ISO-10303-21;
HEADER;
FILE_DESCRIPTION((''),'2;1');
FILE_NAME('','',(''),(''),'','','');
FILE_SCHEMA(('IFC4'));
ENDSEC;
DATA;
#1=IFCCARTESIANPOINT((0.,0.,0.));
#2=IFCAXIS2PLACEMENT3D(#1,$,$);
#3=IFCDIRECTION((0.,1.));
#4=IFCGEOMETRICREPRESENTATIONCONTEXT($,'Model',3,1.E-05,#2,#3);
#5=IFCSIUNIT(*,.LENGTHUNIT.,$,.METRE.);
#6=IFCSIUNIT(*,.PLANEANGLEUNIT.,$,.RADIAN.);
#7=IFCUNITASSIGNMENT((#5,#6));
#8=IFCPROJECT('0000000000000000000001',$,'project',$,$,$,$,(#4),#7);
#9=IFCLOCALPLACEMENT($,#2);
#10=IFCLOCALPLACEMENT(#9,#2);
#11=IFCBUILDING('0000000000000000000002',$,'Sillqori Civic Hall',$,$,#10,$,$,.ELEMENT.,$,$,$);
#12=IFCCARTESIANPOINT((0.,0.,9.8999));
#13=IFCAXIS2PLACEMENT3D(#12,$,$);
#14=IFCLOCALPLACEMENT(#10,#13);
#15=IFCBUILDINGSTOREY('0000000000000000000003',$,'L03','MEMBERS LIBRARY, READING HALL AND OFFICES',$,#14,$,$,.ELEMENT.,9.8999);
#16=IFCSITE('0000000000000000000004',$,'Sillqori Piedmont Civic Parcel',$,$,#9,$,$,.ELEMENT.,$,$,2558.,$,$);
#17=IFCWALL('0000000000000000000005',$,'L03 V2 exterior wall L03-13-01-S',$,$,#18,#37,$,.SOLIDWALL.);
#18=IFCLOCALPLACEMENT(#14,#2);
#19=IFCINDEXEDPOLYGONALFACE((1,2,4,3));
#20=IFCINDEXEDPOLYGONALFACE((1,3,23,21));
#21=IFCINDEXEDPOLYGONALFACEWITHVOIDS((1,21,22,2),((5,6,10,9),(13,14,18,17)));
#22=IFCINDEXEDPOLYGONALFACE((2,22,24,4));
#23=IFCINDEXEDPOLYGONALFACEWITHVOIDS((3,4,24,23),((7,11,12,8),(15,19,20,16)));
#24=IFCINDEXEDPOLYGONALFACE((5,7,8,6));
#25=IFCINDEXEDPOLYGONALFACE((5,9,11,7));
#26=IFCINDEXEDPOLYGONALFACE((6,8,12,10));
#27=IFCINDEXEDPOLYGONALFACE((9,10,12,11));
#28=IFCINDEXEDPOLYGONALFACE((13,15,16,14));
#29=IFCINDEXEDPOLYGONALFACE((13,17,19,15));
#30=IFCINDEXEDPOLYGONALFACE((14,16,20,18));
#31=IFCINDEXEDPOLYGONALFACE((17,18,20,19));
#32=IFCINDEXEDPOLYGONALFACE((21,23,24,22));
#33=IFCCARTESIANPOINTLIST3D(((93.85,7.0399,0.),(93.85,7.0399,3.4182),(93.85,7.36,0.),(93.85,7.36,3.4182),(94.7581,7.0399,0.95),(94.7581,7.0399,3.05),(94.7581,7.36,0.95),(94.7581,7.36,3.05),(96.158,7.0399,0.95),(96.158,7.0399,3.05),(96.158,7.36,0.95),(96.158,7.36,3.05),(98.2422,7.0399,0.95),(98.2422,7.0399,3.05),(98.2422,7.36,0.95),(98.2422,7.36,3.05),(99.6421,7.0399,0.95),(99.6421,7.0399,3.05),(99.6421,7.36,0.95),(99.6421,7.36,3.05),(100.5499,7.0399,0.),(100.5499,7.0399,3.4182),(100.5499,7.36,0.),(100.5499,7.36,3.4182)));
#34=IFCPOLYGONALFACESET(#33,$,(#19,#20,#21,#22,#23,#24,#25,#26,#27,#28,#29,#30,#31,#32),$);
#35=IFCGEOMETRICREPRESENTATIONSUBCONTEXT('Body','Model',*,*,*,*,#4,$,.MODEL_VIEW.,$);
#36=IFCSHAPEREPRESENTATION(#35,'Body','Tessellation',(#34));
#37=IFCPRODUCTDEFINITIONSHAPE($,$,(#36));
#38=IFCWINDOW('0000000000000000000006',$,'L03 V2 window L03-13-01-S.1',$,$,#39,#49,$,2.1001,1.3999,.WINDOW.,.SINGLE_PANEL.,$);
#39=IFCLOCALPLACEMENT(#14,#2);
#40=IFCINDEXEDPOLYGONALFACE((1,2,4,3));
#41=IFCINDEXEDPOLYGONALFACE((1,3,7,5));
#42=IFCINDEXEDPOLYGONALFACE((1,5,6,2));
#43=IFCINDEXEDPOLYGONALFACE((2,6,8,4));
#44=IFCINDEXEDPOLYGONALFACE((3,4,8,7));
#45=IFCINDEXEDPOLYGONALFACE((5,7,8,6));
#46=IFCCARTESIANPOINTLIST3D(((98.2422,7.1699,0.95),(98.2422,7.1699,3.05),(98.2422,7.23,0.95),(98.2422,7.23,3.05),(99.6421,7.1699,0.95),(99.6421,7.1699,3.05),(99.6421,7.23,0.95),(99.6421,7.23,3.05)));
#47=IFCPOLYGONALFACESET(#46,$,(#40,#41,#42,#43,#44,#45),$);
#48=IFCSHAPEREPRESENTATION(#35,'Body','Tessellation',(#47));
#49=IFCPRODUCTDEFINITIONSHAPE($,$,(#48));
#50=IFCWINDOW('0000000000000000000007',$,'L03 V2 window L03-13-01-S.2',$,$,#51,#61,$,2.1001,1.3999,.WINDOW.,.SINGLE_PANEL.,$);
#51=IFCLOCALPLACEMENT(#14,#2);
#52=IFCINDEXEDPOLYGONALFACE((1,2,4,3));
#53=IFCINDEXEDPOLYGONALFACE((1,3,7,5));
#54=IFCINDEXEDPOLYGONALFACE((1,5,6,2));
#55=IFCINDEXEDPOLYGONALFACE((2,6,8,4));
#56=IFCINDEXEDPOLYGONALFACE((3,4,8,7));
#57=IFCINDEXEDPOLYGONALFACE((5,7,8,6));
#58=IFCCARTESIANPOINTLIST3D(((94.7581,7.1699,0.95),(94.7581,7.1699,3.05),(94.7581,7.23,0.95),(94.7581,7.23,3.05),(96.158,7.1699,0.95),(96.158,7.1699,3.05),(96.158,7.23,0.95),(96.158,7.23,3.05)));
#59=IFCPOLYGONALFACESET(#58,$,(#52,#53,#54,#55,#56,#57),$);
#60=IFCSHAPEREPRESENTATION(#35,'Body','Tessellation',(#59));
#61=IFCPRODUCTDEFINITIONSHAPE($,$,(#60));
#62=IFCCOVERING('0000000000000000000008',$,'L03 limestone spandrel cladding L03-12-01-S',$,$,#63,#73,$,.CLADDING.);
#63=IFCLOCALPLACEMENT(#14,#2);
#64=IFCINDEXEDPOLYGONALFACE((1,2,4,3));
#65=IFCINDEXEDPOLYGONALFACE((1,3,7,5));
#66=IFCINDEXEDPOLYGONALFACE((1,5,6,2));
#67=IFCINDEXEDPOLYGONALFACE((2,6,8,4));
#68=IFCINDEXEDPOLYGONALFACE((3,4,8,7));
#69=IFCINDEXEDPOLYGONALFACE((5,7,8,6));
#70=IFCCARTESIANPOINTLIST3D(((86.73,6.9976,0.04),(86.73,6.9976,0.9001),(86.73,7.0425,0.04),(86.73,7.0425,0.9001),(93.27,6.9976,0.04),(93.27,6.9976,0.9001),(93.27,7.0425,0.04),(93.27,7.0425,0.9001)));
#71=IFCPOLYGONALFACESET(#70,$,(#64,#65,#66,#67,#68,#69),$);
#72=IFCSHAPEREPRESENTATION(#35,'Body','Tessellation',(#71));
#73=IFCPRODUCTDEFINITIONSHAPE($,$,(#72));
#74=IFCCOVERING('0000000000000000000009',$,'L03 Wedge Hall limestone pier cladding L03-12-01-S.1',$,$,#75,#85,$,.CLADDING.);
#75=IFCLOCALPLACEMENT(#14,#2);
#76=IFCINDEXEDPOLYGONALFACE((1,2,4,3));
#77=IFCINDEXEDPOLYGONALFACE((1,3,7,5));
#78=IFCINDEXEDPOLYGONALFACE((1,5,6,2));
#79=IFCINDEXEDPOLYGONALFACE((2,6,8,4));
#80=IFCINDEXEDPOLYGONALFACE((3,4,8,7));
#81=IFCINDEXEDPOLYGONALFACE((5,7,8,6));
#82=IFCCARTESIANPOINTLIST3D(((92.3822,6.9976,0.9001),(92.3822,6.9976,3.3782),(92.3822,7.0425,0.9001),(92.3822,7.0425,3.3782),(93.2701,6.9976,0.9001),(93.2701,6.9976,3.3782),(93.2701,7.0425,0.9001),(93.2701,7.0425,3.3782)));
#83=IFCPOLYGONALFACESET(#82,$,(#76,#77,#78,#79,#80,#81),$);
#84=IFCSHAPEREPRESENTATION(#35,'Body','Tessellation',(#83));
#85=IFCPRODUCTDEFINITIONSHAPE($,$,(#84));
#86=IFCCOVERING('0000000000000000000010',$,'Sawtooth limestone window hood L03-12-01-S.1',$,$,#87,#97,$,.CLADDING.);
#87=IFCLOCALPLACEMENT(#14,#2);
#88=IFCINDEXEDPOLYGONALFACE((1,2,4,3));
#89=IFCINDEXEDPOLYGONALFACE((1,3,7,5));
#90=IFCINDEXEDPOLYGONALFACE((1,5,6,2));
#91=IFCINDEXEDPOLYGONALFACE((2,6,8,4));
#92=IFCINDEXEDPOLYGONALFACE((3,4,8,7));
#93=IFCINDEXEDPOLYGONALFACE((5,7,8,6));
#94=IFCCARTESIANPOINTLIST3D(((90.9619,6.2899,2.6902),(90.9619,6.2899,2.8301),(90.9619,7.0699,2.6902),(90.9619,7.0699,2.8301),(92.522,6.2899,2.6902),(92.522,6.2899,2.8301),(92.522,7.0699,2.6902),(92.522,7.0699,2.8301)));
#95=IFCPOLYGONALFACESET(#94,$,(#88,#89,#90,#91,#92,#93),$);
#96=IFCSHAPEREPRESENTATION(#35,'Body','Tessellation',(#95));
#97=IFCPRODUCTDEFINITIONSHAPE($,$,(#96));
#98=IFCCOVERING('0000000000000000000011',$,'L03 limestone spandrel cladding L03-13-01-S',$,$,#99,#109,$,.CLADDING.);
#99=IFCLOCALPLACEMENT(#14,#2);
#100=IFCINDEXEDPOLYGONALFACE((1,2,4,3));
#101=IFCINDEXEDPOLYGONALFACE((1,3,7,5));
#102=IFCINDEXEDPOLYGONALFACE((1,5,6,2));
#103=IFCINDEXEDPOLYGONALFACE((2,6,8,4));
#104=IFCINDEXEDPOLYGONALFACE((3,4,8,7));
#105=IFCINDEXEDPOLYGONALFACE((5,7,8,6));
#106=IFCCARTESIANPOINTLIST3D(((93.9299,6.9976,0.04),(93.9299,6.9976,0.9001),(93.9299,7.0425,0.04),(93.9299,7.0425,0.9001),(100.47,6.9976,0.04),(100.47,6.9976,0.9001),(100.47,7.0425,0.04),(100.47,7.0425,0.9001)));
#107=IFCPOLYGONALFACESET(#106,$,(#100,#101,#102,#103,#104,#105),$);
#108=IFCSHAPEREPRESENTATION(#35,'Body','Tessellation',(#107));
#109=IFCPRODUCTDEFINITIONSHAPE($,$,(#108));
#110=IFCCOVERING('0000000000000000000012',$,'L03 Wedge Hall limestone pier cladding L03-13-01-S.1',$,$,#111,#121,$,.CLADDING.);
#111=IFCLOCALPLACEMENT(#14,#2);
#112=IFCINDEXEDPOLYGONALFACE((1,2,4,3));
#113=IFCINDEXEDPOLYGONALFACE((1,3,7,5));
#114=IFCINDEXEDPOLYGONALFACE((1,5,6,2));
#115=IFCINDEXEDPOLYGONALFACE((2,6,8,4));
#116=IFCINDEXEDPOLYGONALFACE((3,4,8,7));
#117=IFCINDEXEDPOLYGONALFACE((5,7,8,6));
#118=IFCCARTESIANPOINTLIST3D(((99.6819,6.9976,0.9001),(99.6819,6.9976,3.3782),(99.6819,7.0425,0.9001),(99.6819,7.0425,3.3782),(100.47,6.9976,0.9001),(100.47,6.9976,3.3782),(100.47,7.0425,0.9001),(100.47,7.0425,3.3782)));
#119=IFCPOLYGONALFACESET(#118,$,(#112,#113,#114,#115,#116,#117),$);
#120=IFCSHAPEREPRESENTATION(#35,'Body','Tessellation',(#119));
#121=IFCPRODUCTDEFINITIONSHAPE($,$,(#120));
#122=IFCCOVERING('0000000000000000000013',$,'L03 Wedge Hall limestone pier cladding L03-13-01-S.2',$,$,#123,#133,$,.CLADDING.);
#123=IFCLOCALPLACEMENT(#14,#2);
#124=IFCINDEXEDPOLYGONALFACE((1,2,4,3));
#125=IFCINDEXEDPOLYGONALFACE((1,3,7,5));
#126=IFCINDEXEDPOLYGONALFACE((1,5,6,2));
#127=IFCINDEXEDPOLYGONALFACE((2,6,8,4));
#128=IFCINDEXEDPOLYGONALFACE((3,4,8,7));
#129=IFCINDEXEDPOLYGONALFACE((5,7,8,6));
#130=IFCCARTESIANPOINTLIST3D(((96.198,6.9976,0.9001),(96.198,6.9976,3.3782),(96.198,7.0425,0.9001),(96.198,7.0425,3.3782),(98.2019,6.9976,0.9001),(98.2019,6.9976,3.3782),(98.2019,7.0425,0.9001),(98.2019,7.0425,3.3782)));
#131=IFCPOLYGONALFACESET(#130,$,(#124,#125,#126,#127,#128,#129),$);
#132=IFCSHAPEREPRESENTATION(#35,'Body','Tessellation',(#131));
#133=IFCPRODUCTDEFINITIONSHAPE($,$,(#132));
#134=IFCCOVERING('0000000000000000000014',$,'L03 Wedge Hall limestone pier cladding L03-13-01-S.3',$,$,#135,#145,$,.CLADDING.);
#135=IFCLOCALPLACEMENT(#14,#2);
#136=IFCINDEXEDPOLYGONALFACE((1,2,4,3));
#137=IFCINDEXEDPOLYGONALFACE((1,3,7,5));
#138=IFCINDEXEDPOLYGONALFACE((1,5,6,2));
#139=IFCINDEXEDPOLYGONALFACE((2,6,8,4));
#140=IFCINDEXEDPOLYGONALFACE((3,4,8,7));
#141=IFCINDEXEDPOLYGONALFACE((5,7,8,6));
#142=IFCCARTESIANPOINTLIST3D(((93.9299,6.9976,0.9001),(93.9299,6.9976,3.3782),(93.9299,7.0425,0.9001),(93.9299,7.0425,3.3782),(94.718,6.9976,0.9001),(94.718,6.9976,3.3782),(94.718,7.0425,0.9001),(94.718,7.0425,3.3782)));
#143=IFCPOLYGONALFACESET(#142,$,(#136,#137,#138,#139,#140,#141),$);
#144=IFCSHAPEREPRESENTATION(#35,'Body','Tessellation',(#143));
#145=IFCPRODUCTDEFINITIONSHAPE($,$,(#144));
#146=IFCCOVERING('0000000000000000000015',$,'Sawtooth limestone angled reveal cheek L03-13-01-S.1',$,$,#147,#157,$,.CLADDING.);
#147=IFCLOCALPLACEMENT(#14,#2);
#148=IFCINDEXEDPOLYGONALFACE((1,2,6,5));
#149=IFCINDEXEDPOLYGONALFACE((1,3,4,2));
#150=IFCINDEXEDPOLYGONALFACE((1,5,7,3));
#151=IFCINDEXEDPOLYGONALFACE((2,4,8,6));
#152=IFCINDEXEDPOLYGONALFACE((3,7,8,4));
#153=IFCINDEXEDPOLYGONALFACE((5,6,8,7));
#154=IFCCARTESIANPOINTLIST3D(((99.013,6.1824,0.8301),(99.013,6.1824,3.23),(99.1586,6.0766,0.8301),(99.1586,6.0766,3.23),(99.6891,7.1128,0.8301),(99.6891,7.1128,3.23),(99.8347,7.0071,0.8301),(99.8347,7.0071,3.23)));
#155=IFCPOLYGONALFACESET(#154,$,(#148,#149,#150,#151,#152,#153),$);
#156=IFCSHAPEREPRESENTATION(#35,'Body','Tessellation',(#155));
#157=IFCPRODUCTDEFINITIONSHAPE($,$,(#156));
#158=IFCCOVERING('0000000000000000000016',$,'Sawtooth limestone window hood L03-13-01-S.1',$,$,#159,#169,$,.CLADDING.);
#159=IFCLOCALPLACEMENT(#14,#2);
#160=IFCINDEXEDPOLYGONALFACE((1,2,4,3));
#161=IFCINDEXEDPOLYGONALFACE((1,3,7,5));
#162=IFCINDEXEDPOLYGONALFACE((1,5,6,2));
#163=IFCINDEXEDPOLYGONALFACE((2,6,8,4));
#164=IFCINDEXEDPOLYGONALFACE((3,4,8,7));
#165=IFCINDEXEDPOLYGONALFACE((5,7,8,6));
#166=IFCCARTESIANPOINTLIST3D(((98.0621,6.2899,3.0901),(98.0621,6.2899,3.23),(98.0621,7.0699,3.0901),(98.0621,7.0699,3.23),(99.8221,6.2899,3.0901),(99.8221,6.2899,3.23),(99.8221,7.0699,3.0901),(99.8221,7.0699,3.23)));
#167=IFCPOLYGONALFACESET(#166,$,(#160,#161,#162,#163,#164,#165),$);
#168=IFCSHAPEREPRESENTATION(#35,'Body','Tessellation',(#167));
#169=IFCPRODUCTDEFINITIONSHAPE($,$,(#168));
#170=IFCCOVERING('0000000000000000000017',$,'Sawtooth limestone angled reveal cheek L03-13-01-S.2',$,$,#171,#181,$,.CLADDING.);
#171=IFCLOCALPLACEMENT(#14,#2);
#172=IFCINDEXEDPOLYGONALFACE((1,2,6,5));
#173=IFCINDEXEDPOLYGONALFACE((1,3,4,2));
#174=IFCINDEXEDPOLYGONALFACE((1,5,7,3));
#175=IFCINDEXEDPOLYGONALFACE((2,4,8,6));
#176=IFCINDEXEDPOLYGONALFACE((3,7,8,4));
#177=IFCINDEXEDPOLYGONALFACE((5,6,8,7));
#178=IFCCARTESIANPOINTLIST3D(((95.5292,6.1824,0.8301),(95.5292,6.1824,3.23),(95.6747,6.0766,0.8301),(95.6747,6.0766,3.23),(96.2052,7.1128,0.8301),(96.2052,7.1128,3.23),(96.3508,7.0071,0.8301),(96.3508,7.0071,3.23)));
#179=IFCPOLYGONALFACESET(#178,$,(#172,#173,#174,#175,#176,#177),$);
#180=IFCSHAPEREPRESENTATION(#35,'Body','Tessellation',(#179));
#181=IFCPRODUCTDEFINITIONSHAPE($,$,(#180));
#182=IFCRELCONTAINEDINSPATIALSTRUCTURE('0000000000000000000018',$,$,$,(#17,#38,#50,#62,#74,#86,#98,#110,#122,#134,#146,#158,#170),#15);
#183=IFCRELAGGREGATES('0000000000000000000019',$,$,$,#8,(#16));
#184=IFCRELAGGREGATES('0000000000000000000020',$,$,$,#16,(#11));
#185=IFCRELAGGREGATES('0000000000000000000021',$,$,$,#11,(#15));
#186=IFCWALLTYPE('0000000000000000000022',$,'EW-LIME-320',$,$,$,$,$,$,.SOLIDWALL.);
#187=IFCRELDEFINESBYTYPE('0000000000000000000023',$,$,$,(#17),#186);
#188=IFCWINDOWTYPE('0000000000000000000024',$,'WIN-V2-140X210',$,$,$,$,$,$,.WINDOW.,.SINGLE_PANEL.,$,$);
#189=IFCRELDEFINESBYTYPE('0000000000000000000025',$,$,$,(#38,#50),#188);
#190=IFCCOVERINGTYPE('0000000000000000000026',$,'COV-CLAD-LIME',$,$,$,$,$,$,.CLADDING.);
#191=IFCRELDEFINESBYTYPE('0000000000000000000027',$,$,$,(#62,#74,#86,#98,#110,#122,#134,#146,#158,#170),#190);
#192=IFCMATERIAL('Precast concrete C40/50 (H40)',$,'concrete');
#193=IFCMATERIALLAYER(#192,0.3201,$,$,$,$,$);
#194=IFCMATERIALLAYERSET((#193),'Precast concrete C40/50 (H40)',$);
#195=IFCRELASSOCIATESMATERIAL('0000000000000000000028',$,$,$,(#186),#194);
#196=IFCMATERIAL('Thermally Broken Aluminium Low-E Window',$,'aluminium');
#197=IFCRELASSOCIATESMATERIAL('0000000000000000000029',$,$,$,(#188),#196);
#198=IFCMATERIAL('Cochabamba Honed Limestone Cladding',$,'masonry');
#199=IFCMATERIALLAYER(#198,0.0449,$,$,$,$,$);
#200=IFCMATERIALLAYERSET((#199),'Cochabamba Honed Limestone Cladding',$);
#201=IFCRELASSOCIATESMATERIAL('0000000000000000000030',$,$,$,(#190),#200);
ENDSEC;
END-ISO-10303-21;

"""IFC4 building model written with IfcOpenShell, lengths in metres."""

from ifc_helpers import new_model, si_unit, direction, frame, frame_2d, origin, place, context, subcontext, project, spatial, rectangle, extrude, material, layer, layer_set, type_object, element, fill, save


model = new_model("IFC4")

# Units and contexts
model_context = context("Model", 3, precision=1e-05, world=origin(), true_north=direction((0.0, 1.0)))
body_context = subcontext(model_context, "Body", "Model", "MODEL_VIEW")
ifc_project = project(units=[si_unit("LENGTHUNIT", "METRE"), si_unit("PLANEANGLEUNIT", "RADIAN")], contexts=[model_context])

# Site, building, storey
site_placement = place(None, origin())
site = spatial("IfcSite", under=ifc_project, at=site_placement, Name="Sillqori Piedmont Civic Parcel", CompositionType="ELEMENT", RefElevation=2558.0)
building_placement = place(site_placement, origin())
building = spatial("IfcBuilding", under=site, at=building_placement, Name="Sillqori Civic Hall", CompositionType="ELEMENT")
storey_placement = place(building_placement, frame((0.0, 0.0, 9.8999)))
storey = spatial("IfcBuildingStorey", under=building, at=storey_placement, Name="L03", Description="MEMBERS LIBRARY, READING HALL AND OFFICES", CompositionType="ELEMENT", Elevation=9.8999)

# Shared definitions
ifc_material_1 = material(Name="Precast concrete C40/50 (H40)", Category="concrete")

# Wall, openings, windows
ifc_layer_1 = layer(ifc_material_1, 0.3201)
ifc_layer_set_1 = layer_set([ifc_layer_1], Name="Precast concrete C40/50 (H40)")
wall_type = type_object("IfcWallType", Name="EW-LIME-320", PredefinedType="SOLIDWALL", material=ifc_layer_set_1)
ifc_material_2 = material(Name="Thermally Broken Aluminium Low-E Window", Category="aluminium")
wall_1_placement = place(storey_placement, frame((100.55, 7.2, 0.0), z_axis=(0.0, 0.0, 1.0), x_axis=(-1.0, 0.0, 0.0)))
wall_1 = element("IfcWall", 1, at=wall_1_placement, inside=storey, type_object=wall_type, Name="L03 V2 exterior wall L03-13-01-S", PredefinedType="SOLIDWALL", context=body_context, shape_type="SweptSolid", body=[
    extrude(rectangle(XDim=6.7, YDim=0.3201, at=frame_2d((3.3501, 0.0))), origin(), (0.0, 0.0, 1.0), 3.4182),
])
opening_1_placement = place(wall_1_placement, frame((0.908, 0.0, 0.95)))
opening_1 = element("IfcOpeningElement", 2, at=opening_1_placement, cuts=wall_1, PredefinedType="OPENING", context=body_context, shape_type="SweptSolid", body=[
    extrude(rectangle(XDim=1.3999, YDim=2.1001, at=frame_2d((0.7, 1.05))), frame((0.0, 0.1699, 0.0), z_axis=(0.0, -1.0, 0.0), x_axis=(1.0, 0.0, 0.0)), (0.0, 0.0, 1.0), 0.3401),
])
opening_2_placement = place(wall_1_placement, frame((4.3921, 0.0, 0.95)))
opening_2 = element("IfcOpeningElement", 3, at=opening_2_placement, cuts=wall_1, PredefinedType="OPENING", context=body_context, shape_type="SweptSolid", body=[
    extrude(rectangle(XDim=1.3999, YDim=2.1001, at=frame_2d((0.7, 1.05))), frame((0.0, 0.1699, 0.0), z_axis=(0.0, -1.0, 0.0), x_axis=(1.0, 0.0, 0.0)), (0.0, 0.0, 1.0), 0.3401),
])
window_type_1 = type_object("IfcWindowType", Name="WIN-V2-140X210", PartitioningType="SINGLE_PANEL", PredefinedType="WINDOW", material=ifc_material_2)
window_1_placement = place(opening_1_placement, origin())
window_1 = element("IfcWindow", 4, at=window_1_placement, inside=storey, type_object=window_type_1, Name="L03 V2 window L03-13-01-S.1", OverallHeight=2.1001, OverallWidth=1.3999, PartitioningType="SINGLE_PANEL", PredefinedType="WINDOW", context=body_context, shape_type="SweptSolid", body=[
    extrude(rectangle(XDim=1.3999, YDim=2.1001, at=frame_2d((0.7, 1.05))), frame((0.0, 0.03, 0.0), z_axis=(0.0, -1.0, 0.0), x_axis=(1.0, 0.0, 0.0)), (0.0, 0.0, 1.0), 0.0601),
])
fill(opening_1, window_1)
window_2_placement = place(opening_2_placement, origin())
window_2 = element("IfcWindow", 5, at=window_2_placement, inside=storey, type_object=window_type_1, Name="L03 V2 window L03-13-01-S.2", OverallHeight=2.1001, OverallWidth=1.3999, PartitioningType="SINGLE_PANEL", PredefinedType="WINDOW", context=body_context, shape_type="SweptSolid", body=[
    extrude(rectangle(XDim=1.3999, YDim=2.1001, at=frame_2d((0.7, 1.05))), frame((0.0, 0.03, 0.0), z_axis=(0.0, -1.0, 0.0), x_axis=(1.0, 0.0, 0.0)), (0.0, 0.0, 1.0), 0.0601),
])
fill(opening_2, window_2)

# Coverings
ifc_material_3 = material(Name="Cochabamba Honed Limestone Cladding", Category="masonry")
ifc_layer_2 = layer(ifc_material_3, 0.0449)
ifc_layer_set_2 = layer_set([ifc_layer_2], Name="Cochabamba Honed Limestone Cladding")
covering_type = type_object("IfcCoveringType", Name="COV-CLAD-LIME", PredefinedType="CLADDING", material=ifc_layer_set_2)
covering_1_placement = place(storey_placement, frame((93.27, 7.02, 0.04), z_axis=(0.0, 0.0, 1.0), x_axis=(-1.0, 0.0, 0.0)))
element("IfcCovering", 6, at=covering_1_placement, inside=storey, type_object=covering_type, Name="L03 limestone spandrel cladding L03-12-01-S", PredefinedType="CLADDING", context=body_context, shape_type="SweptSolid", body=[
    extrude(rectangle(XDim=6.54, YDim=0.0449, at=frame_2d((3.27, 0.0))), origin(), (0.0, 0.0, 1.0), 0.8601),
])
covering_2_placement = place(storey_placement, frame((93.27, 7.02, 0.9001), z_axis=(0.0, 0.0, 1.0), x_axis=(-1.0, 0.0, 0.0)))
element("IfcCovering", 7, at=covering_2_placement, inside=storey, type_object=covering_type, Name="L03 Wedge Hall limestone pier cladding L03-12-01-S.1", PredefinedType="CLADDING", context=body_context, shape_type="SweptSolid", body=[
    extrude(rectangle(XDim=0.8879, YDim=0.0449, at=frame_2d((0.4438, 0.0))), origin(), (0.0, 0.0, 1.0), 2.478),
])
covering_3_placement = place(storey_placement, frame((92.522, 6.6799, 2.6902), z_axis=(0.0, 0.0, 1.0), x_axis=(-1.0, 0.0, 0.0)))
element("IfcCovering", 8, at=covering_3_placement, inside=storey, type_object=covering_type, Name="Sawtooth limestone window hood L03-12-01-S.1", PredefinedType="CLADDING", context=body_context, shape_type="SweptSolid", body=[
    extrude(rectangle(XDim=1.5601, YDim=0.78, at=frame_2d((0.78, 0.0))), origin(), (0.0, 0.0, 1.0), 0.1399),
])
covering_4_placement = place(storey_placement, frame((100.47, 7.02, 0.04), z_axis=(0.0, 0.0, 1.0), x_axis=(-1.0, 0.0, 0.0)))
element("IfcCovering", 9, at=covering_4_placement, inside=storey, type_object=covering_type, Name="L03 limestone spandrel cladding L03-13-01-S", PredefinedType="CLADDING", context=body_context, shape_type="SweptSolid", body=[
    extrude(rectangle(XDim=6.54, YDim=0.0449, at=frame_2d((3.27, 0.0))), origin(), (0.0, 0.0, 1.0), 0.8601),
])
covering_5_placement = place(storey_placement, frame((100.47, 7.02, 0.9001), z_axis=(0.0, 0.0, 1.0), x_axis=(-1.0, 0.0, 0.0)))
element("IfcCovering", 10, at=covering_5_placement, inside=storey, type_object=covering_type, Name="L03 Wedge Hall limestone pier cladding L03-13-01-S.1", PredefinedType="CLADDING", context=body_context, shape_type="SweptSolid", body=[
    extrude(rectangle(XDim=0.7881, YDim=0.0449, at=frame_2d((0.394, 0.0))), origin(), (0.0, 0.0, 1.0), 2.478),
])
covering_6_placement = place(storey_placement, frame((98.2019, 7.02, 0.9001), z_axis=(0.0, 0.0, 1.0), x_axis=(-1.0, 0.0, 0.0)))
element("IfcCovering", 11, at=covering_6_placement, inside=storey, type_object=covering_type, Name="L03 Wedge Hall limestone pier cladding L03-13-01-S.2", PredefinedType="CLADDING", context=body_context, shape_type="SweptSolid", body=[
    extrude(rectangle(XDim=2.0039, YDim=0.0449, at=frame_2d((1.002, 0.0))), origin(), (0.0, 0.0, 1.0), 2.478),
])
covering_7_placement = place(storey_placement, frame((94.718, 7.02, 0.9001), z_axis=(0.0, 0.0, 1.0), x_axis=(-1.0, 0.0, 0.0)))
element("IfcCovering", 12, at=covering_7_placement, inside=storey, type_object=covering_type, Name="L03 Wedge Hall limestone pier cladding L03-13-01-S.3", PredefinedType="CLADDING", context=body_context, shape_type="SweptSolid", body=[
    extrude(rectangle(XDim=0.7881, YDim=0.0449, at=frame_2d((0.394, 0.0))), origin(), (0.0, 0.0, 1.0), 2.478),
])
covering_8_placement = place(storey_placement, frame((99.762, 7.0601, 0.8301), z_axis=(0.0, 0.0, 1.0), x_axis=(-0.587806, -0.809002, 0.0)))
element("IfcCovering", 13, at=covering_8_placement, inside=storey, type_object=covering_type, Name="Sawtooth limestone angled reveal cheek L03-13-01-S.1", PredefinedType="CLADDING", context=body_context, shape_type="SweptSolid", body=[
    extrude(rectangle(XDim=1.1501, YDim=0.1799, at=frame_2d((0.5752, 0.0))), origin(), (0.0, 0.0, 1.0), 2.3999),
])
covering_9_placement = place(storey_placement, frame((99.822, 6.6799, 3.0901), z_axis=(0.0, 0.0, 1.0), x_axis=(-1.0, 0.0, 0.0)))
element("IfcCovering", 14, at=covering_9_placement, inside=storey, type_object=covering_type, Name="Sawtooth limestone window hood L03-13-01-S.1", PredefinedType="CLADDING", context=body_context, shape_type="SweptSolid", body=[
    extrude(rectangle(XDim=1.76, YDim=0.78, at=frame_2d((0.8799, 0.0))), origin(), (0.0, 0.0, 1.0), 0.1399),
])
covering_10_placement = place(storey_placement, frame((96.2781, 7.0601, 0.8301), z_axis=(0.0, 0.0, 1.0), x_axis=(-0.587806, -0.809002, 0.0)))
element("IfcCovering", 15, at=covering_10_placement, inside=storey, type_object=covering_type, Name="Sawtooth limestone angled reveal cheek L03-13-01-S.2", PredefinedType="CLADDING", context=body_context, shape_type="SweptSolid", body=[
    extrude(rectangle(XDim=1.1501, YDim=0.1799, at=frame_2d((0.5752, 0.0))), origin(), (0.0, 0.0, 1.0), 2.3999),
])

save(model, "model.ifc")
